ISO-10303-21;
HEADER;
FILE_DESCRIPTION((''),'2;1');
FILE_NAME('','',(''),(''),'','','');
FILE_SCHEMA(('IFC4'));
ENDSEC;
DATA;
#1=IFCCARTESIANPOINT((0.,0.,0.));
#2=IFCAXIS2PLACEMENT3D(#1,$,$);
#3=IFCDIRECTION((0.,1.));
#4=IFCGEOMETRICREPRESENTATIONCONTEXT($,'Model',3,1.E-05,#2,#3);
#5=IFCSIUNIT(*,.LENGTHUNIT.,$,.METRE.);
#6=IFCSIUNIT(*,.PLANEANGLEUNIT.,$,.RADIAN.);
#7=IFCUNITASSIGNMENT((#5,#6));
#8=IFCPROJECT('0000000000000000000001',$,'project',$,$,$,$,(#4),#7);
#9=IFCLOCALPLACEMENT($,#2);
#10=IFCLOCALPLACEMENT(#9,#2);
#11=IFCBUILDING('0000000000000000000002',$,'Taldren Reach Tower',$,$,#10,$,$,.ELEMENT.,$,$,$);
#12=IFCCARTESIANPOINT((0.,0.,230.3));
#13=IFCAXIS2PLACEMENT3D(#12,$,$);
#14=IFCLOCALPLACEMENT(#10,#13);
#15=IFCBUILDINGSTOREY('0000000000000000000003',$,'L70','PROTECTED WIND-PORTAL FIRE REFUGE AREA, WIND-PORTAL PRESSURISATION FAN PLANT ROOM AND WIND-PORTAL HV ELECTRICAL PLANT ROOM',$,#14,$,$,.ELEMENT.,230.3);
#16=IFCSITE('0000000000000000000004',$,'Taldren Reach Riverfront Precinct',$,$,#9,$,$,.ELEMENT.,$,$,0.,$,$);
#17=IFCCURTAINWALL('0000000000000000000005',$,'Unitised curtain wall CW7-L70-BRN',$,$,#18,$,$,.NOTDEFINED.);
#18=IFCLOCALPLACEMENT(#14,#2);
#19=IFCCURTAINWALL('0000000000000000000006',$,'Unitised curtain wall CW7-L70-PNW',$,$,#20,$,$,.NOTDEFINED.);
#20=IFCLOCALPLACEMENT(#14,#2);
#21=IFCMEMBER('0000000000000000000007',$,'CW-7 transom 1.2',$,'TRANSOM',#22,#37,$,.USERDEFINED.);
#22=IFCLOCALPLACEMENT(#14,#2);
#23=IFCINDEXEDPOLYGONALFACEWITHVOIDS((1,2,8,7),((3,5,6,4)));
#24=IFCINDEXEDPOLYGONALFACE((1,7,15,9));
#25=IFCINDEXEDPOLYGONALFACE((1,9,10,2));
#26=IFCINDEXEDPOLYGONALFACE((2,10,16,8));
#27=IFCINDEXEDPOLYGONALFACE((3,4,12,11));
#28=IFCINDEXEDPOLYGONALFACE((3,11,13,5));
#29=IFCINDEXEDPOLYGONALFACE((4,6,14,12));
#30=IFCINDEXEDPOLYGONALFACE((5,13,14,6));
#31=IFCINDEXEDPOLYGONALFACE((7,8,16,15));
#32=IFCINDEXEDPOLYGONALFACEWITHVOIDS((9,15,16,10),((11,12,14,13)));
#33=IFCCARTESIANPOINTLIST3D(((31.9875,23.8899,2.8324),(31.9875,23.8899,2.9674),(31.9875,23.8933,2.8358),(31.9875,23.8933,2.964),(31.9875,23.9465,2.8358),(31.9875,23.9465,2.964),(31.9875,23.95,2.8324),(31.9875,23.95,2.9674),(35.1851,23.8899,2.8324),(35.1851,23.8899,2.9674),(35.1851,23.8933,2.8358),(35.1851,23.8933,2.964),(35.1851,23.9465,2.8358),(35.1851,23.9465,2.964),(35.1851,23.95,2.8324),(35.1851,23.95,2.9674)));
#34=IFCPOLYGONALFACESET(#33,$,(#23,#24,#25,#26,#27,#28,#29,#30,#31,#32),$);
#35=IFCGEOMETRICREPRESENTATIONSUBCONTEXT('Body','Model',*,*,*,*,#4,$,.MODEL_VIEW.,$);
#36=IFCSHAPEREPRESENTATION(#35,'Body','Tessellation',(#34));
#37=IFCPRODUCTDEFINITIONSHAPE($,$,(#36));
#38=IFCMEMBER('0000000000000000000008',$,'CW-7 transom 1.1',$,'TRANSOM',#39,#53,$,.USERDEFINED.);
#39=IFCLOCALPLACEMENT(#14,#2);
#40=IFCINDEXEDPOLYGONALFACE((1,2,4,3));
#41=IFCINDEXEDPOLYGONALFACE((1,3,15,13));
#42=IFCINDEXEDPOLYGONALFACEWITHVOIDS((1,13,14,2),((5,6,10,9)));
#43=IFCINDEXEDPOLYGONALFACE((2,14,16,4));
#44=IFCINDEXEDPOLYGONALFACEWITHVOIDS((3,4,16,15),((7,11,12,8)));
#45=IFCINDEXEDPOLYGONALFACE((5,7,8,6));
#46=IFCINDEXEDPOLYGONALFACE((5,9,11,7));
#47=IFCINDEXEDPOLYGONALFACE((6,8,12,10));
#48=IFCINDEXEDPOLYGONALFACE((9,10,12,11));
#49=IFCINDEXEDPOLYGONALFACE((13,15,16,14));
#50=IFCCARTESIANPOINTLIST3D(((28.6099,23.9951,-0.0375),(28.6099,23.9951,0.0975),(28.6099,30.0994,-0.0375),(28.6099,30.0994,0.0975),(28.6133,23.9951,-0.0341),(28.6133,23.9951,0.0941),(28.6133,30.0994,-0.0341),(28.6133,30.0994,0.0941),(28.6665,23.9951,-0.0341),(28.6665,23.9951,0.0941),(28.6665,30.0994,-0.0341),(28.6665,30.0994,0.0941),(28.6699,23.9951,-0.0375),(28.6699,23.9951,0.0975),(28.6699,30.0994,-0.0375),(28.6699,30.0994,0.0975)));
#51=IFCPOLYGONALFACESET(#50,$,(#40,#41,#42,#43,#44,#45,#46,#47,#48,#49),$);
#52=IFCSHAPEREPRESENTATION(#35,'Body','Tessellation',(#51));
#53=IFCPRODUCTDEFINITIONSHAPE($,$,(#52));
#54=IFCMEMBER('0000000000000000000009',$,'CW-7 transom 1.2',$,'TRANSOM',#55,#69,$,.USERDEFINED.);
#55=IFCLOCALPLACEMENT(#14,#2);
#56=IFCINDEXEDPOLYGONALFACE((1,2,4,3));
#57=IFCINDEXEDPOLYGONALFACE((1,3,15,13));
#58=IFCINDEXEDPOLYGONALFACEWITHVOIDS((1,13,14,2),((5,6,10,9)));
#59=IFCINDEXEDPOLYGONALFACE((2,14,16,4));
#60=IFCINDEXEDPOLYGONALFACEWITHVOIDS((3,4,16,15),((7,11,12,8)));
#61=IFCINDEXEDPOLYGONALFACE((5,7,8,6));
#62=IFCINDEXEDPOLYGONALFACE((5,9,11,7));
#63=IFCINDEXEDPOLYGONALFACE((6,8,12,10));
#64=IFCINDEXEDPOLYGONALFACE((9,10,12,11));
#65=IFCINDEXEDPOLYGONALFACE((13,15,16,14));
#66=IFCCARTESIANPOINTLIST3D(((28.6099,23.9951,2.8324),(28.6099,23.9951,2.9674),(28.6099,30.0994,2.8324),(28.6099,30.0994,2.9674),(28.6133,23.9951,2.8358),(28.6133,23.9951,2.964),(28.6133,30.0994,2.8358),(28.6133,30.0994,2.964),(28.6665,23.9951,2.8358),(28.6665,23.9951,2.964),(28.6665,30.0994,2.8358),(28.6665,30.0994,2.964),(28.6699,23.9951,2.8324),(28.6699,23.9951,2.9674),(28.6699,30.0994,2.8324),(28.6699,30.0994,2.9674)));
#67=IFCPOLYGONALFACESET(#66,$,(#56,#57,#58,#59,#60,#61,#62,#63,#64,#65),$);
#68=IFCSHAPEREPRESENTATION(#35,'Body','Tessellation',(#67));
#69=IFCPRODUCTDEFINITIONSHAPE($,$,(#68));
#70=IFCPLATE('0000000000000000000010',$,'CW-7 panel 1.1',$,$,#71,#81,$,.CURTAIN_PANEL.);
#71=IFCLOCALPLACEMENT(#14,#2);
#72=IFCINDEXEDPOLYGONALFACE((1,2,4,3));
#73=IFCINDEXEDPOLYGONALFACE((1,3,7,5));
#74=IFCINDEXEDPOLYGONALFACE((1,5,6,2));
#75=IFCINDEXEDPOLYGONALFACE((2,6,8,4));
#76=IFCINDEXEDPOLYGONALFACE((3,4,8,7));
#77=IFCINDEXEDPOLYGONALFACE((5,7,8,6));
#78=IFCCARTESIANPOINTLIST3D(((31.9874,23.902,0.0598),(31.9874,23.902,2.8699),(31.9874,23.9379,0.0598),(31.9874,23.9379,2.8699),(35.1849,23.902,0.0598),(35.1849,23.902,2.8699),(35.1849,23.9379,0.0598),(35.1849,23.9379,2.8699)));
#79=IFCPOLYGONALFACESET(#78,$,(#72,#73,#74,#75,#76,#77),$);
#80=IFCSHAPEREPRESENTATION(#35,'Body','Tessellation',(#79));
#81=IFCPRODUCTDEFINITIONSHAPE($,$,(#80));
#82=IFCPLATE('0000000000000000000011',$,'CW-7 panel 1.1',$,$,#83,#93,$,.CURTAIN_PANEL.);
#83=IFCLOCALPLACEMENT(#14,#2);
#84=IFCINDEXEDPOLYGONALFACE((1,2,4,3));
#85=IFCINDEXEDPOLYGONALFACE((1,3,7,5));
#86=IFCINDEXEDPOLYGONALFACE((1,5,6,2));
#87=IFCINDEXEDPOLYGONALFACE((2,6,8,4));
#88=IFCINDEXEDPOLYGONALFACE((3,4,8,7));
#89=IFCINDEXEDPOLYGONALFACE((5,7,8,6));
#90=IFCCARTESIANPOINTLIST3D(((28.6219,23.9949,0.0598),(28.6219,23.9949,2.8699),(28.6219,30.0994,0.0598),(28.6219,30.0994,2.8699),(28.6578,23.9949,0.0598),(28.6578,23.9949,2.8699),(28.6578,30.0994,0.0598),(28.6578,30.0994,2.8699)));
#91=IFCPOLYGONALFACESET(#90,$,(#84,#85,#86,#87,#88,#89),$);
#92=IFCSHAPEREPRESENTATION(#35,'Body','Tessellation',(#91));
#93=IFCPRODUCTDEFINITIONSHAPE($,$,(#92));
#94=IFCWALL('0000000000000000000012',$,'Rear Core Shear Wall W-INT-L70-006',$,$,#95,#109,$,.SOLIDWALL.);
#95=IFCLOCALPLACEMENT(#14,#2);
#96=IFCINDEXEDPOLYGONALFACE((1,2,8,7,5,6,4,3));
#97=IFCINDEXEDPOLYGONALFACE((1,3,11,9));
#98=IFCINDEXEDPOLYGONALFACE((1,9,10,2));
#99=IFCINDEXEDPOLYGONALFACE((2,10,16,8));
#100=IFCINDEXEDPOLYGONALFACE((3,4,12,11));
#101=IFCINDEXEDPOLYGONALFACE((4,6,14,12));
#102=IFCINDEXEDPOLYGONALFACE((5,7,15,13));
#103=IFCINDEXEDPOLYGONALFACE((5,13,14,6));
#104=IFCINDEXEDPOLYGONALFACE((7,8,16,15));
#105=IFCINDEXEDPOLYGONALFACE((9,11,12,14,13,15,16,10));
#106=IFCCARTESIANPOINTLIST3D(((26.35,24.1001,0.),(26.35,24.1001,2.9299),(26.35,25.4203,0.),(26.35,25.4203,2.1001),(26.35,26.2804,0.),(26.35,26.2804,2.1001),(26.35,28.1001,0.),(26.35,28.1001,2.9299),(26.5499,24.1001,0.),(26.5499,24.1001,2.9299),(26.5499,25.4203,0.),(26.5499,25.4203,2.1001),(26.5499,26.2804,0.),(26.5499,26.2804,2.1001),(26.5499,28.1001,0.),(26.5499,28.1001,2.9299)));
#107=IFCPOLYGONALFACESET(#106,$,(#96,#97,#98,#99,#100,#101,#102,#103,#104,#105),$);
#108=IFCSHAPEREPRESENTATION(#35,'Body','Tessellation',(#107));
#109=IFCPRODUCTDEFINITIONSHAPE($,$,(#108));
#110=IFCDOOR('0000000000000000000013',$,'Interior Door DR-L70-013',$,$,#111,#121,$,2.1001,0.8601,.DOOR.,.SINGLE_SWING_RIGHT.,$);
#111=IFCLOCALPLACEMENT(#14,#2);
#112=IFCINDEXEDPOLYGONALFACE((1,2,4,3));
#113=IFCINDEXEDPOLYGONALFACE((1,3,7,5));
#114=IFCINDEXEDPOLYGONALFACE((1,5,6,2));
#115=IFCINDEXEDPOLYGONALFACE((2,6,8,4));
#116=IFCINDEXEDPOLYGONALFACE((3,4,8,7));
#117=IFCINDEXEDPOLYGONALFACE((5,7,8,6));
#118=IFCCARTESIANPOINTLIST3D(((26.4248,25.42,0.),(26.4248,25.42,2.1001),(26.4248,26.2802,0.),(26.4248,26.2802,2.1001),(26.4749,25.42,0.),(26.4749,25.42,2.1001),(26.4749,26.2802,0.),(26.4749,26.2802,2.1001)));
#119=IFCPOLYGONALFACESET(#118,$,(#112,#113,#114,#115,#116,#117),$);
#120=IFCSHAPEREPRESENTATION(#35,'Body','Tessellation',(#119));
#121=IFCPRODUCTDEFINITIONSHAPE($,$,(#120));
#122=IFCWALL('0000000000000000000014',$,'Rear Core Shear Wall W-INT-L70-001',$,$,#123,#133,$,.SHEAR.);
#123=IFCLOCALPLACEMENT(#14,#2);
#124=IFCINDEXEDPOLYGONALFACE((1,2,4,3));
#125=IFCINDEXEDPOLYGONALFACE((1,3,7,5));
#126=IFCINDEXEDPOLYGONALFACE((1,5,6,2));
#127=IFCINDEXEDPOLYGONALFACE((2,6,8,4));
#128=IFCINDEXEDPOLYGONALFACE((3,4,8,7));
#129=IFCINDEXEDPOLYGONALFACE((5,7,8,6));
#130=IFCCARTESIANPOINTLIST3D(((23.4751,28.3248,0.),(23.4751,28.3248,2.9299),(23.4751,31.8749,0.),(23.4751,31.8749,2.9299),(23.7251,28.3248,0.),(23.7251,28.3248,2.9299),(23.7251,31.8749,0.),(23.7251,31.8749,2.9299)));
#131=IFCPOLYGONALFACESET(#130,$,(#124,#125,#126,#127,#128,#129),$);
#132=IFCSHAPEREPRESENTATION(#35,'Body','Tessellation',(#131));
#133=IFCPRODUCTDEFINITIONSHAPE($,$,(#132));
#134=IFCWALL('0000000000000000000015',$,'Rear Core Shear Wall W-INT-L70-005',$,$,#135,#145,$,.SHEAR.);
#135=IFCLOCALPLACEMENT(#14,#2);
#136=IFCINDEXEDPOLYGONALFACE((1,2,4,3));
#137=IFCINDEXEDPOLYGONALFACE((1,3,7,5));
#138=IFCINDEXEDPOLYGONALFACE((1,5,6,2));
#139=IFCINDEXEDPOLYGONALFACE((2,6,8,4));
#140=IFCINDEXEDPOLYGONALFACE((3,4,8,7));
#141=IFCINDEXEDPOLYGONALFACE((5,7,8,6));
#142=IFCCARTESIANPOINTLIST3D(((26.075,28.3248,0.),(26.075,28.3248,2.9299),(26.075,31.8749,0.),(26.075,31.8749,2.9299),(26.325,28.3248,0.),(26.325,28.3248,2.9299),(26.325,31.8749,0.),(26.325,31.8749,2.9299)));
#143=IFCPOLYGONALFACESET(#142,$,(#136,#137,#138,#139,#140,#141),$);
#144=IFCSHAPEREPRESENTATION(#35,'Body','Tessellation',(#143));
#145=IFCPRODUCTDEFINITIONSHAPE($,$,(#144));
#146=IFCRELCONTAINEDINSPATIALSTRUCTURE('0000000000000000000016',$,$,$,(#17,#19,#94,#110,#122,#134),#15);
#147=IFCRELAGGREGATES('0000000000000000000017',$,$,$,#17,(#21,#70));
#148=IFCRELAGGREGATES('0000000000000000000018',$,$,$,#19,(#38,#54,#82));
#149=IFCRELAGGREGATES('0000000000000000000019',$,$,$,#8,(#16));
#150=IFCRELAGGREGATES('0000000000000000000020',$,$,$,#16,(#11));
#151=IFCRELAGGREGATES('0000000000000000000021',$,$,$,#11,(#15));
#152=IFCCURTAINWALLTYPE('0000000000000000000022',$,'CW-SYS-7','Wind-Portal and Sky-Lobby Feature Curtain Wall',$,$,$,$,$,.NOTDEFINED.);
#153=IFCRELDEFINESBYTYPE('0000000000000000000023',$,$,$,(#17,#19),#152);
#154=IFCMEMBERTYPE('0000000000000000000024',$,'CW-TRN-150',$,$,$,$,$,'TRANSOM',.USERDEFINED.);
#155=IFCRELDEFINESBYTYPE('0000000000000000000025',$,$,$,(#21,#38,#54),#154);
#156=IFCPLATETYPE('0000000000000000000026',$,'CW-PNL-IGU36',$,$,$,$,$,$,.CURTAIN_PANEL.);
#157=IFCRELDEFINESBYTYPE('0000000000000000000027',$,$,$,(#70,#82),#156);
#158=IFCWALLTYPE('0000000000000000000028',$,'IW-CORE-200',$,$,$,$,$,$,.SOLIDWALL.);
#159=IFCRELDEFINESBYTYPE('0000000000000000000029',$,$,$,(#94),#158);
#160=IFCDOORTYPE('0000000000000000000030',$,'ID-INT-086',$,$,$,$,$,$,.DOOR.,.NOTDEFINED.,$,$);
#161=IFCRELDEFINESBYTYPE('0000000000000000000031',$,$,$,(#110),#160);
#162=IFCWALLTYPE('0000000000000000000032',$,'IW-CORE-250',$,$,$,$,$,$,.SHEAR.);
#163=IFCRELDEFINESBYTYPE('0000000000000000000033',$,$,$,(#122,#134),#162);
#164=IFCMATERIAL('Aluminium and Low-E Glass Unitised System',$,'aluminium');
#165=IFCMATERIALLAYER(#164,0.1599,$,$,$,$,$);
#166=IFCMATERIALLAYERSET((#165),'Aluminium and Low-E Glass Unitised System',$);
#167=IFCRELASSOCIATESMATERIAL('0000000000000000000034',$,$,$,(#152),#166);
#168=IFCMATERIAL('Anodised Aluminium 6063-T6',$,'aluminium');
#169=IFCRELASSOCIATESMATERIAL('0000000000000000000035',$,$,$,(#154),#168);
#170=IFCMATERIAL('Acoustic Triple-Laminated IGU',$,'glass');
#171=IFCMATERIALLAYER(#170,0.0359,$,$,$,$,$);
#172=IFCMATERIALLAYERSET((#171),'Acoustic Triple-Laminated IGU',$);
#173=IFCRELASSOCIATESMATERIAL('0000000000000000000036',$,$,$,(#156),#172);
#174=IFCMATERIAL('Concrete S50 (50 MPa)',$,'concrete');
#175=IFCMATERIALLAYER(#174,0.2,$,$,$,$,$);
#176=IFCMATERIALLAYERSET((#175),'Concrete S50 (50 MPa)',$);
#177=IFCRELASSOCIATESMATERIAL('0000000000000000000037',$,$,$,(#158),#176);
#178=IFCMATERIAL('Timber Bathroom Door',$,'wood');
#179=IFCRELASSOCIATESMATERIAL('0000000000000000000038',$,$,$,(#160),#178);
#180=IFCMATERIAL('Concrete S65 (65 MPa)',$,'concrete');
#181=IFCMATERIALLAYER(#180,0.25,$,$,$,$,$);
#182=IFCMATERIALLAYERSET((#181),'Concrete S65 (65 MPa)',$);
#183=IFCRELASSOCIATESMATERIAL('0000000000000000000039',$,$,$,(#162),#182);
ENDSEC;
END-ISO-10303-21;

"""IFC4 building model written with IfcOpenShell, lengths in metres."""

from ifc_helpers import new_model, si_unit, direction, frame, frame_2d, origin, origin_2d, place, context, subcontext, project, spatial, rectangle, hollow_rectangle, extrude, source, transform, mapped, material, layer, layer_set, material_profile, profile_set, type_object, element, fill, aggregate, save


model = new_model("IFC4")

# Units and contexts
model_context = context("Model", 3, precision=1e-05, world=origin(), true_north=direction((0.0, 1.0)))
body_context = subcontext(model_context, "Body", "Model", "MODEL_VIEW")
ifc_project = project(units=[si_unit("LENGTHUNIT", "METRE"), si_unit("PLANEANGLEUNIT", "RADIAN")], contexts=[model_context])

# Site, building, storey
site_placement = place(None, origin())
site = spatial("IfcSite", under=ifc_project, at=site_placement, Name="Taldren Reach Riverfront Precinct", CompositionType="ELEMENT", RefElevation=0.0)
building_placement = place(site_placement, origin())
building = spatial("IfcBuilding", under=site, at=building_placement, Name="Taldren Reach Tower", CompositionType="ELEMENT")
storey_placement = place(building_placement, frame((0.0, 0.0, 230.3)))
storey = spatial("IfcBuildingStorey", under=building, at=storey_placement, Name="L70", Description="PROTECTED WIND-PORTAL FIRE REFUGE AREA, WIND-PORTAL PRESSURISATION FAN PLANT ROOM AND WIND-PORTAL HV ELECTRICAL PLANT ROOM", CompositionType="ELEMENT", Elevation=230.3)

# Curtain walls
ifc_material_1 = material(Name="Aluminium and Low-E Glass Unitised System", Category="aluminium")
ifc_layer_1 = layer(ifc_material_1, 0.1599)
ifc_layer_set_1 = layer_set([ifc_layer_1], Name="Aluminium and Low-E Glass Unitised System")
curtain_wall_type = type_object("IfcCurtainWallType", Name="CW-SYS-7", Description="Wind-Portal and Sky-Lobby Feature Curtain Wall", PredefinedType="NOTDEFINED", material=ifc_layer_set_1)
curtain_wall_1_placement = place(storey_placement, origin())
curtain_wall_1 = element("IfcCurtainWall", 1, at=curtain_wall_1_placement, inside=storey, type_object=curtain_wall_type, Name="Unitised curtain wall CW7-L70-BRN", PredefinedType="NOTDEFINED")
ifc_material_2 = material(Name="Anodised Aluminium 6063-T6", Category="aluminium")
curtain_wall_2_placement = place(storey_placement, origin())
curtain_wall_2 = element("IfcCurtainWall", 2, at=curtain_wall_2_placement, inside=storey, type_object=curtain_wall_type, Name="Unitised curtain wall CW7-L70-PNW", PredefinedType="NOTDEFINED")

# Members
ifc_material_profile_1 = material_profile(ifc_material_2, hollow_rectangle(XDim=0.0601, YDim=0.135, WallThickness=0.0034, at=origin_2d()), Name="ALU-135x60x3.5RHS")
ifc_profile_set_1 = profile_set([ifc_material_profile_1], Name="Anodised Aluminium 6063-T6")
member_type_1 = type_object("IfcMemberType", Name="CW-TRN-150", ElementType="TRANSOM", PredefinedType="USERDEFINED", material=ifc_profile_set_1)
shared_shape_1 = source(origin(), body_context, "Body", "SweptSolid", [
    extrude(hollow_rectangle(XDim=0.0601, YDim=0.135, WallThickness=0.0034, at=origin_2d()), origin(), (0.0, 0.0, 1.0), 3.1975),
])
member_1_placement = place(storey_placement, frame((35.1851, 23.9199, 2.8999), z_axis=(-1.0, 0.0, 0.0), x_axis=(0.0, -1.0, 0.0)))
member_1 = element("IfcMember", 3, at=member_1_placement, type_object=member_type_1, Name="CW-7 transom 1.2", ObjectType="TRANSOM", PredefinedType="USERDEFINED", context=body_context, shape_type="MappedRepresentation", body=[
    mapped(shared_shape_1, transform((0.0, 0.0, 0.0), scale=1.0)),
])
shared_shape_2 = source(origin(), body_context, "Body", "SweptSolid", [
    extrude(hollow_rectangle(XDim=0.0601, YDim=0.135, WallThickness=0.0034, at=origin_2d()), origin(), (0.0, 0.0, 1.0), 6.1042),
])
member_2_placement = place(storey_placement, frame((28.6399, 23.9951, 0.03), z_axis=(0.0, 1.0, 0.0), x_axis=(-1.0, 0.0, 0.0)))
member_2 = element("IfcMember", 4, at=member_2_placement, type_object=member_type_1, Name="CW-7 transom 1.1", ObjectType="TRANSOM", PredefinedType="USERDEFINED", context=body_context, shape_type="MappedRepresentation", body=[
    mapped(shared_shape_2, transform((0.0, 0.0, 0.0), scale=1.0)),
])
member_3_placement = place(storey_placement, frame((28.6399, 23.9951, 2.8999), z_axis=(0.0, 1.0, 0.0), x_axis=(-1.0, 0.0, 0.0)))
member_3 = element("IfcMember", 5, at=member_3_placement, type_object=member_type_1, Name="CW-7 transom 1.2", ObjectType="TRANSOM", PredefinedType="USERDEFINED", context=body_context, shape_type="MappedRepresentation", body=[
    mapped(shared_shape_2, transform((0.0, 0.0, 0.0), scale=1.0)),
])

# Plates
ifc_material_3 = material(Name="Acoustic Triple-Laminated IGU", Category="glass")
ifc_layer_2 = layer(ifc_material_3, 0.0359)
ifc_layer_set_2 = layer_set([ifc_layer_2], Name="Acoustic Triple-Laminated IGU")
plate_type = type_object("IfcPlateType", Name="CW-PNL-IGU36", PredefinedType="CURTAIN_PANEL", material=ifc_layer_set_2)
shared_shape_3 = source(origin(), body_context, "Body", "SweptSolid", [
    extrude(rectangle(XDim=3.1975, YDim=0.0359, at=origin_2d()), origin(), (0.0, 0.0, 1.0), 2.8101),
])
plate_1_placement = place(storey_placement, frame((33.5862, 23.9199, 0.0598), z_axis=(0.0, 0.0, 1.0), x_axis=(-1.0, 0.0, 0.0)))
plate_1 = element("IfcPlate", 6, at=plate_1_placement, type_object=plate_type, Name="CW-7 panel 1.1", PredefinedType="CURTAIN_PANEL", context=body_context, shape_type="MappedRepresentation", body=[
    mapped(shared_shape_3, transform((0.0, 0.0, 0.0), scale=1.0)),
])
aggregate(curtain_wall_1, [member_1, plate_1])
shared_shape_4 = source(origin(), body_context, "Body", "SweptSolid", [
    extrude(rectangle(XDim=6.1045, YDim=0.0359, at=origin_2d()), origin(), (0.0, 0.0, 1.0), 2.8101),
])
plate_2_placement = place(storey_placement, frame((28.6399, 27.0471, 0.0598), z_axis=(0.0, 0.0, 1.0), x_axis=(0.0, 1.0, 0.0)))
plate_2 = element("IfcPlate", 7, at=plate_2_placement, type_object=plate_type, Name="CW-7 panel 1.1", PredefinedType="CURTAIN_PANEL", context=body_context, shape_type="MappedRepresentation", body=[
    mapped(shared_shape_4, transform((0.0, 0.0, 0.0), scale=1.0)),
])
aggregate(curtain_wall_2, [member_2, member_3, plate_2])

# Wall, opening, door
ifc_material_4 = material(Name="Concrete S50 (50 MPa)", Category="concrete")
ifc_layer_3 = layer(ifc_material_4, 0.2)
ifc_layer_set_3 = layer_set([ifc_layer_3], Name="Concrete S50 (50 MPa)")
wall_type_1 = type_object("IfcWallType", Name="IW-CORE-200", PredefinedType="SOLIDWALL", material=ifc_layer_set_3)
shared_shape_5 = source(origin(), body_context, "Body", "SweptSolid", [
    extrude(rectangle(XDim=4.0, YDim=0.2, at=frame_2d((2.0, 0.0))), origin(), (0.0, 0.0, 1.0), 2.9299),
])
wall_1_placement = place(storey_placement, frame((26.45, 24.1001, 0.0), z_axis=(0.0, 0.0, 1.0), x_axis=(0.0, 1.0, 0.0)))
wall_1 = element("IfcWall", 8, at=wall_1_placement, inside=storey, type_object=wall_type_1, Name="Rear Core Shear Wall W-INT-L70-006", PredefinedType="SOLIDWALL", context=body_context, shape_type="MappedRepresentation", body=[
    mapped(shared_shape_5, transform((0.0, 0.0, 0.0), scale=1.0)),
])
shared_shape_6 = source(origin(), body_context, "Body", "SweptSolid", [
    extrude(rectangle(XDim=0.8601, YDim=2.1001, at=frame_2d((0.4302, 1.05))), frame((0.0, 0.1099, 0.0), z_axis=(0.0, -1.0, 0.0), x_axis=(1.0, 0.0, 0.0)), (0.0, 0.0, 1.0), 0.22),
])
opening_1_placement = place(wall_1_placement, frame((1.3201, 0.0, 0.0)))
opening_1 = element("IfcOpeningElement", 9, at=opening_1_placement, cuts=wall_1, PredefinedType="OPENING", context=body_context, shape_type="MappedRepresentation", body=[
    mapped(shared_shape_6, transform((0.0, 0.0, 0.0), scale=1.0)),
])
ifc_material_5 = material(Name="Timber Bathroom Door", Category="wood")
door_type_1 = type_object("IfcDoorType", Name="ID-INT-086", OperationType="NOTDEFINED", PredefinedType="DOOR", material=ifc_material_5)
shared_shape_7 = source(origin(), body_context, "Body", "SweptSolid", [
    extrude(rectangle(XDim=0.8601, YDim=2.1001, at=frame_2d((0.4302, 1.05))), frame((0.0, 0.0249, 0.0), z_axis=(0.0, -1.0, 0.0), x_axis=(1.0, 0.0, 0.0)), (0.0, 0.0, 1.0), 0.05),
])
door_1_placement = place(opening_1_placement, frame((0.8601, 0.0, 0.0), z_axis=(0.0, 0.0, 1.0), x_axis=(-1.0, 0.0, 0.0)))
door_1 = element("IfcDoor", 10, at=door_1_placement, inside=storey, type_object=door_type_1, Name="Interior Door DR-L70-013", OperationType="SINGLE_SWING_RIGHT", OverallHeight=2.1001, OverallWidth=0.8601, PredefinedType="DOOR", context=body_context, shape_type="MappedRepresentation", body=[
    mapped(shared_shape_7, transform((0.0, 0.0, 0.0), scale=1.0)),
])
fill(opening_1, door_1)

# Walls
ifc_material_6 = material(Name="Concrete S65 (65 MPa)", Category="concrete")
ifc_layer_4 = layer(ifc_material_6, 0.25)
ifc_layer_set_4 = layer_set([ifc_layer_4], Name="Concrete S65 (65 MPa)")
wall_type_2 = type_object("IfcWallType", Name="IW-CORE-250", PredefinedType="SHEAR", material=ifc_layer_set_4)
shared_shape_8 = source(origin(), body_context, "Body", "SweptSolid", [
    extrude(rectangle(XDim=3.55, YDim=0.25, at=frame_2d((1.7749, 0.0))), origin(), (0.0, 0.0, 1.0), 2.9299),
])
for number, where, z_axis, x_axis, name in (
    (11, (23.6001, 28.325, 0.0), (0.0, 0.0, 1.0), (0.0, 1.0, 0.0), "Rear Core Shear Wall W-INT-L70-001"),
    (12, (26.2, 28.325, 0.0), (0.0, 0.0, 1.0), (0.0, 1.0, 0.0), "Rear Core Shear Wall W-INT-L70-005"),
):
    element("IfcWall", number, at=place(storey_placement, frame(where, z_axis=z_axis, x_axis=x_axis)), inside=storey, type_object=wall_type_2, Name=name, PredefinedType="SHEAR", context=body_context, shape_type="MappedRepresentation", body=[
        mapped(shared_shape_8, transform((0.0, 0.0, 0.0), scale=1.0)),
    ])

save(model, "model.ifc")
